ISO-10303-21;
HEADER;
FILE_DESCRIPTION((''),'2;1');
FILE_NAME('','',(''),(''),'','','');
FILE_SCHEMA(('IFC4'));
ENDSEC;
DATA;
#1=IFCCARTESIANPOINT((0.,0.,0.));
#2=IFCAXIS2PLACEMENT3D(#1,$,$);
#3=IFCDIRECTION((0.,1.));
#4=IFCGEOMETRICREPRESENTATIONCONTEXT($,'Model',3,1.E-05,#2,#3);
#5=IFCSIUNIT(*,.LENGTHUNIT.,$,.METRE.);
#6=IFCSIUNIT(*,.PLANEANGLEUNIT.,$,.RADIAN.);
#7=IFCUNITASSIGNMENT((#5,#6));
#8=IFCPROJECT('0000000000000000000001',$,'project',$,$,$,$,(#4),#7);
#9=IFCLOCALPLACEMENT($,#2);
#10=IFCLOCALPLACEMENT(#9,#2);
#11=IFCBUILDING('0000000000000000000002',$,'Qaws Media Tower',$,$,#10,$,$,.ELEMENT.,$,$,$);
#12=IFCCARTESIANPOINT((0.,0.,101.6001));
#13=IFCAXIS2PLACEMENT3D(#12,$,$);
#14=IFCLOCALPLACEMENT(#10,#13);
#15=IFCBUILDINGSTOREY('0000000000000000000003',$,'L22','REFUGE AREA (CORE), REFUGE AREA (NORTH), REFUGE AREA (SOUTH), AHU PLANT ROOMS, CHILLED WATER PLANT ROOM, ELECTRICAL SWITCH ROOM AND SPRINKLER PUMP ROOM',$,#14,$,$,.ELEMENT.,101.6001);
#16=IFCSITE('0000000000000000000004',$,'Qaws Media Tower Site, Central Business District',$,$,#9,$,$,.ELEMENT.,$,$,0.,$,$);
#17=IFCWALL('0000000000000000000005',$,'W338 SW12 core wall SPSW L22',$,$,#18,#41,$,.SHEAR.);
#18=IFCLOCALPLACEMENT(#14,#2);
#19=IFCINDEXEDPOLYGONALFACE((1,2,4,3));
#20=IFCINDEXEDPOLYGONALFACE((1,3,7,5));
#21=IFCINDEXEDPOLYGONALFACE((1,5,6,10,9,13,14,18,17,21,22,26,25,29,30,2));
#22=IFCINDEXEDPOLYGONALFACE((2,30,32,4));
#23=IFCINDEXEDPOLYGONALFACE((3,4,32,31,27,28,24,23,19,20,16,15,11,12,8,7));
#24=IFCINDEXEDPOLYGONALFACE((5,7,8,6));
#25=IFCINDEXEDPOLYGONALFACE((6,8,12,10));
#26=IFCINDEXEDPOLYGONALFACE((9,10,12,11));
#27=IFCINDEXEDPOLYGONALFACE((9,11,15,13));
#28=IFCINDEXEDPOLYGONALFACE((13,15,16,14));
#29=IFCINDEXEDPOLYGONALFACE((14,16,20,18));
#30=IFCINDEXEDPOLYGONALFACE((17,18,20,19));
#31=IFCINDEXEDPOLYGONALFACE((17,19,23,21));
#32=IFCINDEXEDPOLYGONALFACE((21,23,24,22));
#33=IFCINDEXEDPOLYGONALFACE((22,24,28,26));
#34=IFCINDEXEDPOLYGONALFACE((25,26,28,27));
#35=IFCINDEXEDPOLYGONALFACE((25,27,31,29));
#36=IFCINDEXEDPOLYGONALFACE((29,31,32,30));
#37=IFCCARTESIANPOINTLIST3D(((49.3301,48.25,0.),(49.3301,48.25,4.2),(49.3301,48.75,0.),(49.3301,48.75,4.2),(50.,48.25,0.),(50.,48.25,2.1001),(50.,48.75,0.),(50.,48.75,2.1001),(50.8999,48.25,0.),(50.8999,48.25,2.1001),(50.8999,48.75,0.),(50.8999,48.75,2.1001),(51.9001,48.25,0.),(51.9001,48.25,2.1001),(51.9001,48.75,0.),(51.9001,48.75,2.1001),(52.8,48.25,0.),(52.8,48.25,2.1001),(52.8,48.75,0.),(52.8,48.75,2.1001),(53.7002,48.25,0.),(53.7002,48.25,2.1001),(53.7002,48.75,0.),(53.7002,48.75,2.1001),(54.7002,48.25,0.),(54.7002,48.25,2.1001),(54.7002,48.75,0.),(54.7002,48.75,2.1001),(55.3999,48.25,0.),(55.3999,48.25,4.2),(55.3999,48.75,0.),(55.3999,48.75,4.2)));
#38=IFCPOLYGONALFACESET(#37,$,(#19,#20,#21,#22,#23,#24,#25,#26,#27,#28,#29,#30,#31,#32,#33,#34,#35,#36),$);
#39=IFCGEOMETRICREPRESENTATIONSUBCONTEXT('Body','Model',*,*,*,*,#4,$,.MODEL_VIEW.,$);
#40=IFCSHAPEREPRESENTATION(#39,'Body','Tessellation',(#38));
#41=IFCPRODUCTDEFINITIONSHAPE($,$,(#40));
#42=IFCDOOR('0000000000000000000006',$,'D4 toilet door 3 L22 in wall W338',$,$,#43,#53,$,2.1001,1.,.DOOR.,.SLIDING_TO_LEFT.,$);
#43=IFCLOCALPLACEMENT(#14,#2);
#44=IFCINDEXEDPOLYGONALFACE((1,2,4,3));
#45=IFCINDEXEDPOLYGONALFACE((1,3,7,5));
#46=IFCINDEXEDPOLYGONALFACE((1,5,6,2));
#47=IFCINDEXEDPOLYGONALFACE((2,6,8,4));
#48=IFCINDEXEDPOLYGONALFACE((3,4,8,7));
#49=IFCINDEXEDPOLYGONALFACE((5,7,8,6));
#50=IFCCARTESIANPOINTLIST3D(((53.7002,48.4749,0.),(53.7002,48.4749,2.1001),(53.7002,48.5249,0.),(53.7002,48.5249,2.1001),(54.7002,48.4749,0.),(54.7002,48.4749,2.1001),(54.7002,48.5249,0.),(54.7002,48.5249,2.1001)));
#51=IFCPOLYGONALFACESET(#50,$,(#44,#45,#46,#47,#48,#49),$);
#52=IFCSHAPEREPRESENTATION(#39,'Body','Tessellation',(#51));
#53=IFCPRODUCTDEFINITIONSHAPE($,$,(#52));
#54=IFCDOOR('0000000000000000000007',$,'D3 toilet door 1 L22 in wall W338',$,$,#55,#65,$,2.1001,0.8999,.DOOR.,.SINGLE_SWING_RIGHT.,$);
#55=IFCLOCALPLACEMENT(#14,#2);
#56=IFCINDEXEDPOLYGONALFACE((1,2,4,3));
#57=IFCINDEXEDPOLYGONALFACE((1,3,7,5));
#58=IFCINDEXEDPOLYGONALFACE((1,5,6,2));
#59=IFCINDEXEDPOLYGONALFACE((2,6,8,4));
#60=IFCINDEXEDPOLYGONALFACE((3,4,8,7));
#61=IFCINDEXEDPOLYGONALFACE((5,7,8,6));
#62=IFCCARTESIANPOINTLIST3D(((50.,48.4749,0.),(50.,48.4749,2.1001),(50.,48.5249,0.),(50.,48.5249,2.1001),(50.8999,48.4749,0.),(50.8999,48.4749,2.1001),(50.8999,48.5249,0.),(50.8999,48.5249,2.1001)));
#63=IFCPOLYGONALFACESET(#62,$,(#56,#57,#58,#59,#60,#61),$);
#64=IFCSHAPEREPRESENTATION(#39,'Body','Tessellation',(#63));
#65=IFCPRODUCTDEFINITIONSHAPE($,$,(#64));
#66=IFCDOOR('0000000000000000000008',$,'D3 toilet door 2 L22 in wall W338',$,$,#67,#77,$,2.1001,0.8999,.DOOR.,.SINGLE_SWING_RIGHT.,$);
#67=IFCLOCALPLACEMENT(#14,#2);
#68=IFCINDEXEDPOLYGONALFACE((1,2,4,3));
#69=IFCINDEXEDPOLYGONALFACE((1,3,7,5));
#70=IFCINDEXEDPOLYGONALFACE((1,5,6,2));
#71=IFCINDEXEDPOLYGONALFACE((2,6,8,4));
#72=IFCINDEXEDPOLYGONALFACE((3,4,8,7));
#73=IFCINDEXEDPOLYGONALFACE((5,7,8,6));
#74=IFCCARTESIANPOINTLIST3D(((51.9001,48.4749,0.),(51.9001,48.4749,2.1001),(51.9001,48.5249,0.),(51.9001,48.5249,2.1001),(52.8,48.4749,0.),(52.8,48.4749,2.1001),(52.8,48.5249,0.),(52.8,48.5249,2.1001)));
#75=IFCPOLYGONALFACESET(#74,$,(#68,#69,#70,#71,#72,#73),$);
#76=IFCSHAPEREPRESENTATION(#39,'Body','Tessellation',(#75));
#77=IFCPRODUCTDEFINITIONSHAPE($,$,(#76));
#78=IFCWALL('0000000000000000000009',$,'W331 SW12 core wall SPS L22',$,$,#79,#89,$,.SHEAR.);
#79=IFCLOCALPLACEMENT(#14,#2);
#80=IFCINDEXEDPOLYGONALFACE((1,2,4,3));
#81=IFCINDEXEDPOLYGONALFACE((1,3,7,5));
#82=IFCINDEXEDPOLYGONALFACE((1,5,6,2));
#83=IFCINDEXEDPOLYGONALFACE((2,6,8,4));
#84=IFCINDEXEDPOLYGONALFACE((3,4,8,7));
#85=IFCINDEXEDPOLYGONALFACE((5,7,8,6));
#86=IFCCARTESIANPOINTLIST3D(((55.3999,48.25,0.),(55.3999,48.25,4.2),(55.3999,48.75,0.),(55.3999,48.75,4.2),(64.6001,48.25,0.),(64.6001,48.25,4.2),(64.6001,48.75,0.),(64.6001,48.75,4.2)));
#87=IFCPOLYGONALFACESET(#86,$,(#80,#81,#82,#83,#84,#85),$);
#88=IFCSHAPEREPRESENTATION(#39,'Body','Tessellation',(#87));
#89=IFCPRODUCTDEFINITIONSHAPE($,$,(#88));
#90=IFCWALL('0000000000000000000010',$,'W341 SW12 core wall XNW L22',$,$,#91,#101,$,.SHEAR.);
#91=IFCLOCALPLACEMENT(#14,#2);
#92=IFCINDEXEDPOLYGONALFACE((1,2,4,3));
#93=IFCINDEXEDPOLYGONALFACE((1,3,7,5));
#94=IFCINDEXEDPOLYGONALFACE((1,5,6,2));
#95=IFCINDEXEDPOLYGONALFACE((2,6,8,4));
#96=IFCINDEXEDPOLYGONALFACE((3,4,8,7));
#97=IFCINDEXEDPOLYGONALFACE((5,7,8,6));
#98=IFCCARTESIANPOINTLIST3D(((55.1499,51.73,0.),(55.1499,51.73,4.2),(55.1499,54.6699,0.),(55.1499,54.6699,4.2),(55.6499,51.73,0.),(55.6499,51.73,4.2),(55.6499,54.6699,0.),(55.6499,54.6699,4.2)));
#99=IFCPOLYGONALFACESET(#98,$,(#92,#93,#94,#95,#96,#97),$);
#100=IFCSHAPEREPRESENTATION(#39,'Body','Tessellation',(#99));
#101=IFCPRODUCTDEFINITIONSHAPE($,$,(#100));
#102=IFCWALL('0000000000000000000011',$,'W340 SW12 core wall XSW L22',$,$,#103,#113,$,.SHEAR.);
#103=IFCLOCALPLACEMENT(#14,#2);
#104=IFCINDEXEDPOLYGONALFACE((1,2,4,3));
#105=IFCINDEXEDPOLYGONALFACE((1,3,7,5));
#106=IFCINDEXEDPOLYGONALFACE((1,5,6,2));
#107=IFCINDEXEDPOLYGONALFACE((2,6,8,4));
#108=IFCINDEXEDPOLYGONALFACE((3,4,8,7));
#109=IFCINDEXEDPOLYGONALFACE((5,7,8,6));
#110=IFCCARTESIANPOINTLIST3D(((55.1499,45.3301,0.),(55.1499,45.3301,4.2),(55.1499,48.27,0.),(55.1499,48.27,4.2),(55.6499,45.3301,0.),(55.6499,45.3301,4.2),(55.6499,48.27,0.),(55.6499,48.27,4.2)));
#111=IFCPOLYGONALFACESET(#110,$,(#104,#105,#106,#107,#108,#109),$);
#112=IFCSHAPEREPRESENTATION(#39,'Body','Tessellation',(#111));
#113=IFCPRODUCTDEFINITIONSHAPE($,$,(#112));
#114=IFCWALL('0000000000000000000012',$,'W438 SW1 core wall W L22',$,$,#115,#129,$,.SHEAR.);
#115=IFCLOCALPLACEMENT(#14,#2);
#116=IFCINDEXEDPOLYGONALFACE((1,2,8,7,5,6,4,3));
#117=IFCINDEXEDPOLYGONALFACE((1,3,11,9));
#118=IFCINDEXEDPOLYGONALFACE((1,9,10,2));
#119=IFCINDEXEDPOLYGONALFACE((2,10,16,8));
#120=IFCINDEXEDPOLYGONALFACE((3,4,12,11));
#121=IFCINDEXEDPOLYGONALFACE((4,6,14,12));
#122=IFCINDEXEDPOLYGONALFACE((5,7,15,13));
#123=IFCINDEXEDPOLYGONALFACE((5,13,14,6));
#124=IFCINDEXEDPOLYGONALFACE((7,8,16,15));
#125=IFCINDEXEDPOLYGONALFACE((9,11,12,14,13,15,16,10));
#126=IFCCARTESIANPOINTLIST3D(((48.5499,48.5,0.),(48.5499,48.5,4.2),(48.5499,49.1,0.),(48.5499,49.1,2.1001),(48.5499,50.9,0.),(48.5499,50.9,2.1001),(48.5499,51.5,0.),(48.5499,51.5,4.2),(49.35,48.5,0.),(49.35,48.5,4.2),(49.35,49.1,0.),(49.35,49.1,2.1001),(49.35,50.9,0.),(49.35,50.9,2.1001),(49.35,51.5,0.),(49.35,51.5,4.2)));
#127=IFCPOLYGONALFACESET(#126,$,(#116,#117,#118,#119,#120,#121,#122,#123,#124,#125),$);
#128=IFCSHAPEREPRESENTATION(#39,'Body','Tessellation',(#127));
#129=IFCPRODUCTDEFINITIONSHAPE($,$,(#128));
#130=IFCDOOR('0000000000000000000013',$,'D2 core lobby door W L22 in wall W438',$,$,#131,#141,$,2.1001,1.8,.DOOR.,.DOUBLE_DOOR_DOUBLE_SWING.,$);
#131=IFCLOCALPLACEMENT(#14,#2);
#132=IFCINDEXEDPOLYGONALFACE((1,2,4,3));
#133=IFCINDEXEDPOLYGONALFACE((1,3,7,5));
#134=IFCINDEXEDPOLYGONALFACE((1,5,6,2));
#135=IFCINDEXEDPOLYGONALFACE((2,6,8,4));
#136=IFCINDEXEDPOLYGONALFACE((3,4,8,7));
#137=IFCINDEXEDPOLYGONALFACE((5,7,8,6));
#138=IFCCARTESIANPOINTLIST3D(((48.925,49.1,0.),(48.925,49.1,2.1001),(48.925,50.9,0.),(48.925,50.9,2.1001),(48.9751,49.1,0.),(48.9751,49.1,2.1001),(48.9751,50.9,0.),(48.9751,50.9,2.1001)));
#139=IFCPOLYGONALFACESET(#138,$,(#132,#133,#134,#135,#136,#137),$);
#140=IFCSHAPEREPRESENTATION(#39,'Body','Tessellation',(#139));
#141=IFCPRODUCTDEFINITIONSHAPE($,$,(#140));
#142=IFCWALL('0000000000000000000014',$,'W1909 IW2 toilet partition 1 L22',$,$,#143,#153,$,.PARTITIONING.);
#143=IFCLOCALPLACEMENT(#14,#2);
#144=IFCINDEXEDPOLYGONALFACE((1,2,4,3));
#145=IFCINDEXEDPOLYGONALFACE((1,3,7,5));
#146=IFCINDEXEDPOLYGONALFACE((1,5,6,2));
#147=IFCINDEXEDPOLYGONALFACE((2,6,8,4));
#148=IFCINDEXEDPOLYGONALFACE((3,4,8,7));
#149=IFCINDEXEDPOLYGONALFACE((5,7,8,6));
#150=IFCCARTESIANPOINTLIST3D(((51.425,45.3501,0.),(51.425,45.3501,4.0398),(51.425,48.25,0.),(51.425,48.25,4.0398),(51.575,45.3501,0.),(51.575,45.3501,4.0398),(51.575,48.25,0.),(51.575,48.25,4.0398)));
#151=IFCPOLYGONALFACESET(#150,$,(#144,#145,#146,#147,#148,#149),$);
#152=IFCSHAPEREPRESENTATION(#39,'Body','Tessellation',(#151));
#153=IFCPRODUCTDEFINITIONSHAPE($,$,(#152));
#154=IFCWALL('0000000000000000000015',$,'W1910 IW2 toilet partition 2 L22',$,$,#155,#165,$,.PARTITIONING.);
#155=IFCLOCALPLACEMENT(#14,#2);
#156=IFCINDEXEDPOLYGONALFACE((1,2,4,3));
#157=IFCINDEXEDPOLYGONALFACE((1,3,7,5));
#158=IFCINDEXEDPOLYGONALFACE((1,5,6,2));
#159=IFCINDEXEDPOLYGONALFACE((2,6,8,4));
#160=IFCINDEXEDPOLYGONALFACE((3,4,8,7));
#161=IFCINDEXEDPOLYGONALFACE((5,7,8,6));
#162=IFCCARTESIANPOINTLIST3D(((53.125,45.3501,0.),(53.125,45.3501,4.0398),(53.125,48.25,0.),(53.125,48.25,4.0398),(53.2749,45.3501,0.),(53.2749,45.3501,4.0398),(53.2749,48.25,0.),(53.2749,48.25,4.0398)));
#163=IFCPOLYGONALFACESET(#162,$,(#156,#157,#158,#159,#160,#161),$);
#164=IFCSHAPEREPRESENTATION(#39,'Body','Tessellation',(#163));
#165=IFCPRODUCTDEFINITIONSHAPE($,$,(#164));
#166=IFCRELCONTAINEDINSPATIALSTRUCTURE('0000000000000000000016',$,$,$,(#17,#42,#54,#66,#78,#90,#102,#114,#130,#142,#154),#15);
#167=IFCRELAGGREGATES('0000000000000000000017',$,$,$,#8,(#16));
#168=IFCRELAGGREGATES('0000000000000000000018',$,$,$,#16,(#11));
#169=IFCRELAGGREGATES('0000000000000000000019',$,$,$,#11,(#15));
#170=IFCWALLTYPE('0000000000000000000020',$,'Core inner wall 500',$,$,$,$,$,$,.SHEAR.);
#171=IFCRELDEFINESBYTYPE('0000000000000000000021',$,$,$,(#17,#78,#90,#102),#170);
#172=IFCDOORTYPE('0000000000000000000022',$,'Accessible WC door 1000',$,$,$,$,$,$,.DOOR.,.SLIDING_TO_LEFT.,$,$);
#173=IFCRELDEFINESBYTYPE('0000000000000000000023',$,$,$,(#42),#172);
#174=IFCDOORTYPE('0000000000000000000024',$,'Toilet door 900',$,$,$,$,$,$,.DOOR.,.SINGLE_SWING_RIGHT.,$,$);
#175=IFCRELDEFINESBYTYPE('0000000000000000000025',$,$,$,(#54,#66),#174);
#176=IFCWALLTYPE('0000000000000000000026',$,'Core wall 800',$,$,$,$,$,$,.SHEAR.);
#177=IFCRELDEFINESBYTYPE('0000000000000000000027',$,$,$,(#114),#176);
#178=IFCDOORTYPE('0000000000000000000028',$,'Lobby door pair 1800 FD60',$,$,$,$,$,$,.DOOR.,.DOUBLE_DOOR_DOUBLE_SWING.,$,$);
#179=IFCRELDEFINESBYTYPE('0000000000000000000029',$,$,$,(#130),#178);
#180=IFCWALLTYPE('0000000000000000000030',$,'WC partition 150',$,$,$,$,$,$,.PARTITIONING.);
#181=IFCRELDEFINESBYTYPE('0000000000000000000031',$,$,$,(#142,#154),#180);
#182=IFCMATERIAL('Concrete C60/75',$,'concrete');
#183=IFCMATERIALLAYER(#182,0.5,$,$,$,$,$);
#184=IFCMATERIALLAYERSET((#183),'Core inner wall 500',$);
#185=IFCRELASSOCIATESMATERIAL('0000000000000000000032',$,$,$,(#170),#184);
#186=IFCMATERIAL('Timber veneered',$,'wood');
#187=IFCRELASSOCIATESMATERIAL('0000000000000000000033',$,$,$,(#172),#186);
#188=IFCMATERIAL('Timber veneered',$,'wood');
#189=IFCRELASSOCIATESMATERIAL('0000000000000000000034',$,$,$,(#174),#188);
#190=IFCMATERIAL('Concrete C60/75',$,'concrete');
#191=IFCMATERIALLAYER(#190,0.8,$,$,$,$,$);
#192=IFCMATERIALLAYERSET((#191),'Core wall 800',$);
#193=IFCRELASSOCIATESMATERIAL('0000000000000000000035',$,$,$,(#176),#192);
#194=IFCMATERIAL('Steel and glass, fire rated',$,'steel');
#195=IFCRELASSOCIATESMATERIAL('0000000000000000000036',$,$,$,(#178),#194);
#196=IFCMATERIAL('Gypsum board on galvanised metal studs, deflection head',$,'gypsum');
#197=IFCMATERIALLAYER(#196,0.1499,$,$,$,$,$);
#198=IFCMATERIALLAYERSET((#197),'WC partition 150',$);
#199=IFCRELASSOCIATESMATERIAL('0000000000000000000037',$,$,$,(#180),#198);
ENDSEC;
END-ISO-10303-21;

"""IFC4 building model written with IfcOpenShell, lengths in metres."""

from ifc_helpers import new_model, si_unit, direction, frame, frame_2d, origin, place, context, subcontext, project, spatial, rectangle, extrude, material, layer, layer_set, type_object, element, fill, save


model = new_model("IFC4")

# Units and contexts
model_context = context("Model", 3, precision=1e-05, world=origin(), true_north=direction((0.0, 1.0)))
body_context = subcontext(model_context, "Body", "Model", "MODEL_VIEW")
ifc_project = project(units=[si_unit("LENGTHUNIT", "METRE"), si_unit("PLANEANGLEUNIT", "RADIAN")], contexts=[model_context])

# Site, building, storey
site_placement = place(None, origin())
site = spatial("IfcSite", under=ifc_project, at=site_placement, Name="Qaws Media Tower Site, Central Business District", CompositionType="ELEMENT", RefElevation=0.0)
building_placement = place(site_placement, origin())
building = spatial("IfcBuilding", under=site, at=building_placement, Name="Qaws Media Tower", CompositionType="ELEMENT")
storey_placement = place(building_placement, frame((0.0, 0.0, 101.6001)))
storey = spatial("IfcBuildingStorey", under=building, at=storey_placement, Name="L22", Description="REFUGE AREA (CORE), REFUGE AREA (NORTH), REFUGE AREA (SOUTH), AHU PLANT ROOMS, CHILLED WATER PLANT ROOM, ELECTRICAL SWITCH ROOM AND SPRINKLER PUMP ROOM", CompositionType="ELEMENT", Elevation=101.6001)

# Shared definitions
ifc_material_1 = material(Name="Concrete C60/75", Category="concrete")
ifc_layer_1 = layer(ifc_material_1, 0.5)
ifc_layer_set_1 = layer_set([ifc_layer_1], Name="Core inner wall 500")
wall_type_1 = type_object("IfcWallType", Name="Core inner wall 500", PredefinedType="SHEAR", material=ifc_layer_set_1)

# Wall, openings, doors
wall_1_placement = place(storey_placement, frame((49.3301, 48.5, 0.0), z_axis=(0.0, 0.0, 1.0), x_axis=(1.0, 0.0, 0.0)))
wall_1 = element("IfcWall", 1, at=wall_1_placement, inside=storey, type_object=wall_type_1, Name="W338 SW12 core wall SPSW L22", PredefinedType="SHEAR", context=body_context, shape_type="SweptSolid", body=[
    extrude(rectangle(XDim=6.0698, YDim=0.5, at=frame_2d((3.0349, 0.0))), origin(), (0.0, 0.0, 1.0), 4.2),
])
opening_1_placement = place(wall_1_placement, frame((0.6699, 0.0, 0.0)))
opening_1 = element("IfcOpeningElement", 2, at=opening_1_placement, cuts=wall_1, PredefinedType="OPENING", context=body_context, shape_type="SweptSolid", body=[
    extrude(rectangle(XDim=0.8999, YDim=2.1001, at=frame_2d((0.45, 1.05))), frame((0.0, 0.26, 0.0), z_axis=(0.0, -1.0, 0.0), x_axis=(1.0, 0.0, 0.0)), (0.0, 0.0, 1.0), 0.52),
])
opening_2_placement = place(wall_1_placement, frame((2.5701, 0.0, 0.0)))
opening_2 = element("IfcOpeningElement", 3, at=opening_2_placement, cuts=wall_1, PredefinedType="OPENING", context=body_context, shape_type="SweptSolid", body=[
    extrude(rectangle(XDim=0.8999, YDim=2.1001, at=frame_2d((0.45, 1.05))), frame((0.0, 0.26, 0.0), z_axis=(0.0, -1.0, 0.0), x_axis=(1.0, 0.0, 0.0)), (0.0, 0.0, 1.0), 0.52),
])
opening_3_placement = place(wall_1_placement, frame((4.3701, 0.0, 0.0)))
opening_3 = element("IfcOpeningElement", 4, at=opening_3_placement, cuts=wall_1, PredefinedType="OPENING", context=body_context, shape_type="SweptSolid", body=[
    extrude(rectangle(XDim=1.0, YDim=2.1001, at=frame_2d((0.5, 1.05))), frame((0.0, 0.26, 0.0), z_axis=(0.0, -1.0, 0.0), x_axis=(1.0, 0.0, 0.0)), (0.0, 0.0, 1.0), 0.52),
])
ifc_material_2 = material(Name="Timber veneered", Category="wood")
door_type_1 = type_object("IfcDoorType", Name="Accessible WC door 1000", OperationType="SLIDING_TO_LEFT", PredefinedType="DOOR", material=ifc_material_2)
door_1_placement = place(opening_3_placement, origin())
door_1 = element("IfcDoor", 5, at=door_1_placement, inside=storey, type_object=door_type_1, Name="D4 toilet door 3 L22 in wall W338", OperationType="SLIDING_TO_LEFT", OverallHeight=2.1001, OverallWidth=1.0, PredefinedType="DOOR", context=body_context, shape_type="SweptSolid", body=[
    extrude(rectangle(XDim=1.0, YDim=2.1001, at=frame_2d((0.5, 1.05))), frame((0.0, 0.0249, 0.0), z_axis=(0.0, -1.0, 0.0), x_axis=(1.0, 0.0, 0.0)), (0.0, 0.0, 1.0), 0.05),
])
fill(opening_3, door_1)
ifc_material_3 = material(Name="Timber veneered", Category="wood")
door_type_2 = type_object("IfcDoorType", Name="Toilet door 900", OperationType="SINGLE_SWING_RIGHT", PredefinedType="DOOR", material=ifc_material_3)
door_2_placement = place(opening_1_placement, origin())
door_2 = element("IfcDoor", 6, at=door_2_placement, inside=storey, type_object=door_type_2, Name="D3 toilet door 1 L22 in wall W338", OperationType="SINGLE_SWING_RIGHT", OverallHeight=2.1001, OverallWidth=0.8999, PredefinedType="DOOR", context=body_context, shape_type="SweptSolid", body=[
    extrude(rectangle(XDim=0.8999, YDim=2.1001, at=frame_2d((0.45, 1.05))), frame((0.0, 0.0249, 0.0), z_axis=(0.0, -1.0, 0.0), x_axis=(1.0, 0.0, 0.0)), (0.0, 0.0, 1.0), 0.05),
])
fill(opening_1, door_2)
door_3_placement = place(opening_2_placement, origin())
door_3 = element("IfcDoor", 7, at=door_3_placement, inside=storey, type_object=door_type_2, Name="D3 toilet door 2 L22 in wall W338", OperationType="SINGLE_SWING_RIGHT", OverallHeight=2.1001, OverallWidth=0.8999, PredefinedType="DOOR", context=body_context, shape_type="SweptSolid", body=[
    extrude(rectangle(XDim=0.8999, YDim=2.1001, at=frame_2d((0.45, 1.05))), frame((0.0, 0.0249, 0.0), z_axis=(0.0, -1.0, 0.0), x_axis=(1.0, 0.0, 0.0)), (0.0, 0.0, 1.0), 0.05),
])
fill(opening_2, door_3)

# Walls
wall_2_placement = place(storey_placement, frame((55.3999, 48.5, 0.0), z_axis=(0.0, 0.0, 1.0), x_axis=(1.0, 0.0, 0.0)))
element("IfcWall", 8, at=wall_2_placement, inside=storey, type_object=wall_type_1, Name="W331 SW12 core wall SPS L22", PredefinedType="SHEAR", context=body_context, shape_type="SweptSolid", body=[
    extrude(rectangle(XDim=9.2002, YDim=0.5, at=frame_2d((4.6001, 0.0))), origin(), (0.0, 0.0, 1.0), 4.2),
])
for number, where, z_axis, x_axis, name in (
    (9, (55.3999, 51.73, 0.0), (0.0, 0.0, 1.0), (0.0, 1.0, 0.0), "W341 SW12 core wall XNW L22"),
    (10, (55.3999, 48.27, 0.0), (0.0, 0.0, 1.0), (0.0, -1.0, 0.0), "W340 SW12 core wall XSW L22"),
):
    element("IfcWall", number, at=place(storey_placement, frame(where, z_axis=z_axis, x_axis=x_axis)), inside=storey, type_object=wall_type_1, Name=name, PredefinedType="SHEAR", context=body_context, shape_type="SweptSolid", body=[
        extrude(rectangle(XDim=2.9399, YDim=0.5, at=frame_2d((1.47, 0.0))), origin(), (0.0, 0.0, 1.0), 4.2),
    ])

# Wall, opening, door
ifc_material_4 = material(Name="Concrete C60/75", Category="concrete")
ifc_layer_2 = layer(ifc_material_4, 0.8)
ifc_layer_set_2 = layer_set([ifc_layer_2], Name="Core wall 800")
wall_type_2 = type_object("IfcWallType", Name="Core wall 800", PredefinedType="SHEAR", material=ifc_layer_set_2)
wall_3_placement = place(storey_placement, frame((48.95, 48.5, 0.0), z_axis=(0.0, 0.0, 1.0), x_axis=(0.0, 1.0, 0.0)))
wall_3 = element("IfcWall", 11, at=wall_3_placement, inside=storey, type_object=wall_type_2, Name="W438 SW1 core wall W L22", PredefinedType="SHEAR", context=body_context, shape_type="SweptSolid", body=[
    extrude(rectangle(XDim=3.0, YDim=0.8, at=frame_2d((1.5, 0.0))), origin(), (0.0, 0.0, 1.0), 4.2),
])
opening_4_placement = place(wall_3_placement, frame((0.6001, 0.0, 0.0)))
opening_4 = element("IfcOpeningElement", 12, at=opening_4_placement, cuts=wall_3, PredefinedType="OPENING", context=body_context, shape_type="SweptSolid", body=[
    extrude(rectangle(XDim=1.8, YDim=2.1001, at=frame_2d((0.8999, 1.05))), frame((0.0, 0.4099, 0.0), z_axis=(0.0, -1.0, 0.0), x_axis=(1.0, 0.0, 0.0)), (0.0, 0.0, 1.0), 0.8201),
])
ifc_material_5 = material(Name="Steel and glass, fire rated", Category="steel")
door_type_3 = type_object("IfcDoorType", Name="Lobby door pair 1800 FD60", OperationType="DOUBLE_DOOR_DOUBLE_SWING", PredefinedType="DOOR", material=ifc_material_5)
door_4_placement = place(opening_4_placement, origin())
door_4 = element("IfcDoor", 13, at=door_4_placement, inside=storey, type_object=door_type_3, Name="D2 core lobby door W L22 in wall W438", OperationType="DOUBLE_DOOR_DOUBLE_SWING", OverallHeight=2.1001, OverallWidth=1.8, PredefinedType="DOOR", context=body_context, shape_type="SweptSolid", body=[
    extrude(rectangle(XDim=1.8, YDim=2.1001, at=frame_2d((0.8999, 1.05))), frame((0.0, 0.0249, 0.0), z_axis=(0.0, -1.0, 0.0), x_axis=(1.0, 0.0, 0.0)), (0.0, 0.0, 1.0), 0.05),
])
fill(opening_4, door_4)

# Walls
ifc_material_6 = material(Name="Gypsum board on galvanised metal studs, deflection head", Category="gypsum")
ifc_layer_3 = layer(ifc_material_6, 0.1499)
ifc_layer_set_3 = layer_set([ifc_layer_3], Name="WC partition 150")
wall_type_3 = type_object("IfcWallType", Name="WC partition 150", PredefinedType="PARTITIONING", material=ifc_layer_set_3)
for number, where, z_axis, x_axis, name in (
    (14, (51.5, 45.3501, 0.0), (0.0, 0.0, 1.0), (0.0, 1.0, 0.0), "W1909 IW2 toilet partition 1 L22"),
    (15, (53.2, 45.3501, 0.0), (0.0, 0.0, 1.0), (0.0, 1.0, 0.0), "W1910 IW2 toilet partition 2 L22"),
):
    element("IfcWall", number, at=place(storey_placement, frame(where, z_axis=z_axis, x_axis=x_axis)), inside=storey, type_object=wall_type_3, Name=name, PredefinedType="PARTITIONING", context=body_context, shape_type="SweptSolid", body=[
        extrude(rectangle(XDim=2.8999, YDim=0.1499, at=frame_2d((1.45, 0.0))), origin(), (0.0, 0.0, 1.0), 4.0398),
    ])

save(model, "model.ifc")
